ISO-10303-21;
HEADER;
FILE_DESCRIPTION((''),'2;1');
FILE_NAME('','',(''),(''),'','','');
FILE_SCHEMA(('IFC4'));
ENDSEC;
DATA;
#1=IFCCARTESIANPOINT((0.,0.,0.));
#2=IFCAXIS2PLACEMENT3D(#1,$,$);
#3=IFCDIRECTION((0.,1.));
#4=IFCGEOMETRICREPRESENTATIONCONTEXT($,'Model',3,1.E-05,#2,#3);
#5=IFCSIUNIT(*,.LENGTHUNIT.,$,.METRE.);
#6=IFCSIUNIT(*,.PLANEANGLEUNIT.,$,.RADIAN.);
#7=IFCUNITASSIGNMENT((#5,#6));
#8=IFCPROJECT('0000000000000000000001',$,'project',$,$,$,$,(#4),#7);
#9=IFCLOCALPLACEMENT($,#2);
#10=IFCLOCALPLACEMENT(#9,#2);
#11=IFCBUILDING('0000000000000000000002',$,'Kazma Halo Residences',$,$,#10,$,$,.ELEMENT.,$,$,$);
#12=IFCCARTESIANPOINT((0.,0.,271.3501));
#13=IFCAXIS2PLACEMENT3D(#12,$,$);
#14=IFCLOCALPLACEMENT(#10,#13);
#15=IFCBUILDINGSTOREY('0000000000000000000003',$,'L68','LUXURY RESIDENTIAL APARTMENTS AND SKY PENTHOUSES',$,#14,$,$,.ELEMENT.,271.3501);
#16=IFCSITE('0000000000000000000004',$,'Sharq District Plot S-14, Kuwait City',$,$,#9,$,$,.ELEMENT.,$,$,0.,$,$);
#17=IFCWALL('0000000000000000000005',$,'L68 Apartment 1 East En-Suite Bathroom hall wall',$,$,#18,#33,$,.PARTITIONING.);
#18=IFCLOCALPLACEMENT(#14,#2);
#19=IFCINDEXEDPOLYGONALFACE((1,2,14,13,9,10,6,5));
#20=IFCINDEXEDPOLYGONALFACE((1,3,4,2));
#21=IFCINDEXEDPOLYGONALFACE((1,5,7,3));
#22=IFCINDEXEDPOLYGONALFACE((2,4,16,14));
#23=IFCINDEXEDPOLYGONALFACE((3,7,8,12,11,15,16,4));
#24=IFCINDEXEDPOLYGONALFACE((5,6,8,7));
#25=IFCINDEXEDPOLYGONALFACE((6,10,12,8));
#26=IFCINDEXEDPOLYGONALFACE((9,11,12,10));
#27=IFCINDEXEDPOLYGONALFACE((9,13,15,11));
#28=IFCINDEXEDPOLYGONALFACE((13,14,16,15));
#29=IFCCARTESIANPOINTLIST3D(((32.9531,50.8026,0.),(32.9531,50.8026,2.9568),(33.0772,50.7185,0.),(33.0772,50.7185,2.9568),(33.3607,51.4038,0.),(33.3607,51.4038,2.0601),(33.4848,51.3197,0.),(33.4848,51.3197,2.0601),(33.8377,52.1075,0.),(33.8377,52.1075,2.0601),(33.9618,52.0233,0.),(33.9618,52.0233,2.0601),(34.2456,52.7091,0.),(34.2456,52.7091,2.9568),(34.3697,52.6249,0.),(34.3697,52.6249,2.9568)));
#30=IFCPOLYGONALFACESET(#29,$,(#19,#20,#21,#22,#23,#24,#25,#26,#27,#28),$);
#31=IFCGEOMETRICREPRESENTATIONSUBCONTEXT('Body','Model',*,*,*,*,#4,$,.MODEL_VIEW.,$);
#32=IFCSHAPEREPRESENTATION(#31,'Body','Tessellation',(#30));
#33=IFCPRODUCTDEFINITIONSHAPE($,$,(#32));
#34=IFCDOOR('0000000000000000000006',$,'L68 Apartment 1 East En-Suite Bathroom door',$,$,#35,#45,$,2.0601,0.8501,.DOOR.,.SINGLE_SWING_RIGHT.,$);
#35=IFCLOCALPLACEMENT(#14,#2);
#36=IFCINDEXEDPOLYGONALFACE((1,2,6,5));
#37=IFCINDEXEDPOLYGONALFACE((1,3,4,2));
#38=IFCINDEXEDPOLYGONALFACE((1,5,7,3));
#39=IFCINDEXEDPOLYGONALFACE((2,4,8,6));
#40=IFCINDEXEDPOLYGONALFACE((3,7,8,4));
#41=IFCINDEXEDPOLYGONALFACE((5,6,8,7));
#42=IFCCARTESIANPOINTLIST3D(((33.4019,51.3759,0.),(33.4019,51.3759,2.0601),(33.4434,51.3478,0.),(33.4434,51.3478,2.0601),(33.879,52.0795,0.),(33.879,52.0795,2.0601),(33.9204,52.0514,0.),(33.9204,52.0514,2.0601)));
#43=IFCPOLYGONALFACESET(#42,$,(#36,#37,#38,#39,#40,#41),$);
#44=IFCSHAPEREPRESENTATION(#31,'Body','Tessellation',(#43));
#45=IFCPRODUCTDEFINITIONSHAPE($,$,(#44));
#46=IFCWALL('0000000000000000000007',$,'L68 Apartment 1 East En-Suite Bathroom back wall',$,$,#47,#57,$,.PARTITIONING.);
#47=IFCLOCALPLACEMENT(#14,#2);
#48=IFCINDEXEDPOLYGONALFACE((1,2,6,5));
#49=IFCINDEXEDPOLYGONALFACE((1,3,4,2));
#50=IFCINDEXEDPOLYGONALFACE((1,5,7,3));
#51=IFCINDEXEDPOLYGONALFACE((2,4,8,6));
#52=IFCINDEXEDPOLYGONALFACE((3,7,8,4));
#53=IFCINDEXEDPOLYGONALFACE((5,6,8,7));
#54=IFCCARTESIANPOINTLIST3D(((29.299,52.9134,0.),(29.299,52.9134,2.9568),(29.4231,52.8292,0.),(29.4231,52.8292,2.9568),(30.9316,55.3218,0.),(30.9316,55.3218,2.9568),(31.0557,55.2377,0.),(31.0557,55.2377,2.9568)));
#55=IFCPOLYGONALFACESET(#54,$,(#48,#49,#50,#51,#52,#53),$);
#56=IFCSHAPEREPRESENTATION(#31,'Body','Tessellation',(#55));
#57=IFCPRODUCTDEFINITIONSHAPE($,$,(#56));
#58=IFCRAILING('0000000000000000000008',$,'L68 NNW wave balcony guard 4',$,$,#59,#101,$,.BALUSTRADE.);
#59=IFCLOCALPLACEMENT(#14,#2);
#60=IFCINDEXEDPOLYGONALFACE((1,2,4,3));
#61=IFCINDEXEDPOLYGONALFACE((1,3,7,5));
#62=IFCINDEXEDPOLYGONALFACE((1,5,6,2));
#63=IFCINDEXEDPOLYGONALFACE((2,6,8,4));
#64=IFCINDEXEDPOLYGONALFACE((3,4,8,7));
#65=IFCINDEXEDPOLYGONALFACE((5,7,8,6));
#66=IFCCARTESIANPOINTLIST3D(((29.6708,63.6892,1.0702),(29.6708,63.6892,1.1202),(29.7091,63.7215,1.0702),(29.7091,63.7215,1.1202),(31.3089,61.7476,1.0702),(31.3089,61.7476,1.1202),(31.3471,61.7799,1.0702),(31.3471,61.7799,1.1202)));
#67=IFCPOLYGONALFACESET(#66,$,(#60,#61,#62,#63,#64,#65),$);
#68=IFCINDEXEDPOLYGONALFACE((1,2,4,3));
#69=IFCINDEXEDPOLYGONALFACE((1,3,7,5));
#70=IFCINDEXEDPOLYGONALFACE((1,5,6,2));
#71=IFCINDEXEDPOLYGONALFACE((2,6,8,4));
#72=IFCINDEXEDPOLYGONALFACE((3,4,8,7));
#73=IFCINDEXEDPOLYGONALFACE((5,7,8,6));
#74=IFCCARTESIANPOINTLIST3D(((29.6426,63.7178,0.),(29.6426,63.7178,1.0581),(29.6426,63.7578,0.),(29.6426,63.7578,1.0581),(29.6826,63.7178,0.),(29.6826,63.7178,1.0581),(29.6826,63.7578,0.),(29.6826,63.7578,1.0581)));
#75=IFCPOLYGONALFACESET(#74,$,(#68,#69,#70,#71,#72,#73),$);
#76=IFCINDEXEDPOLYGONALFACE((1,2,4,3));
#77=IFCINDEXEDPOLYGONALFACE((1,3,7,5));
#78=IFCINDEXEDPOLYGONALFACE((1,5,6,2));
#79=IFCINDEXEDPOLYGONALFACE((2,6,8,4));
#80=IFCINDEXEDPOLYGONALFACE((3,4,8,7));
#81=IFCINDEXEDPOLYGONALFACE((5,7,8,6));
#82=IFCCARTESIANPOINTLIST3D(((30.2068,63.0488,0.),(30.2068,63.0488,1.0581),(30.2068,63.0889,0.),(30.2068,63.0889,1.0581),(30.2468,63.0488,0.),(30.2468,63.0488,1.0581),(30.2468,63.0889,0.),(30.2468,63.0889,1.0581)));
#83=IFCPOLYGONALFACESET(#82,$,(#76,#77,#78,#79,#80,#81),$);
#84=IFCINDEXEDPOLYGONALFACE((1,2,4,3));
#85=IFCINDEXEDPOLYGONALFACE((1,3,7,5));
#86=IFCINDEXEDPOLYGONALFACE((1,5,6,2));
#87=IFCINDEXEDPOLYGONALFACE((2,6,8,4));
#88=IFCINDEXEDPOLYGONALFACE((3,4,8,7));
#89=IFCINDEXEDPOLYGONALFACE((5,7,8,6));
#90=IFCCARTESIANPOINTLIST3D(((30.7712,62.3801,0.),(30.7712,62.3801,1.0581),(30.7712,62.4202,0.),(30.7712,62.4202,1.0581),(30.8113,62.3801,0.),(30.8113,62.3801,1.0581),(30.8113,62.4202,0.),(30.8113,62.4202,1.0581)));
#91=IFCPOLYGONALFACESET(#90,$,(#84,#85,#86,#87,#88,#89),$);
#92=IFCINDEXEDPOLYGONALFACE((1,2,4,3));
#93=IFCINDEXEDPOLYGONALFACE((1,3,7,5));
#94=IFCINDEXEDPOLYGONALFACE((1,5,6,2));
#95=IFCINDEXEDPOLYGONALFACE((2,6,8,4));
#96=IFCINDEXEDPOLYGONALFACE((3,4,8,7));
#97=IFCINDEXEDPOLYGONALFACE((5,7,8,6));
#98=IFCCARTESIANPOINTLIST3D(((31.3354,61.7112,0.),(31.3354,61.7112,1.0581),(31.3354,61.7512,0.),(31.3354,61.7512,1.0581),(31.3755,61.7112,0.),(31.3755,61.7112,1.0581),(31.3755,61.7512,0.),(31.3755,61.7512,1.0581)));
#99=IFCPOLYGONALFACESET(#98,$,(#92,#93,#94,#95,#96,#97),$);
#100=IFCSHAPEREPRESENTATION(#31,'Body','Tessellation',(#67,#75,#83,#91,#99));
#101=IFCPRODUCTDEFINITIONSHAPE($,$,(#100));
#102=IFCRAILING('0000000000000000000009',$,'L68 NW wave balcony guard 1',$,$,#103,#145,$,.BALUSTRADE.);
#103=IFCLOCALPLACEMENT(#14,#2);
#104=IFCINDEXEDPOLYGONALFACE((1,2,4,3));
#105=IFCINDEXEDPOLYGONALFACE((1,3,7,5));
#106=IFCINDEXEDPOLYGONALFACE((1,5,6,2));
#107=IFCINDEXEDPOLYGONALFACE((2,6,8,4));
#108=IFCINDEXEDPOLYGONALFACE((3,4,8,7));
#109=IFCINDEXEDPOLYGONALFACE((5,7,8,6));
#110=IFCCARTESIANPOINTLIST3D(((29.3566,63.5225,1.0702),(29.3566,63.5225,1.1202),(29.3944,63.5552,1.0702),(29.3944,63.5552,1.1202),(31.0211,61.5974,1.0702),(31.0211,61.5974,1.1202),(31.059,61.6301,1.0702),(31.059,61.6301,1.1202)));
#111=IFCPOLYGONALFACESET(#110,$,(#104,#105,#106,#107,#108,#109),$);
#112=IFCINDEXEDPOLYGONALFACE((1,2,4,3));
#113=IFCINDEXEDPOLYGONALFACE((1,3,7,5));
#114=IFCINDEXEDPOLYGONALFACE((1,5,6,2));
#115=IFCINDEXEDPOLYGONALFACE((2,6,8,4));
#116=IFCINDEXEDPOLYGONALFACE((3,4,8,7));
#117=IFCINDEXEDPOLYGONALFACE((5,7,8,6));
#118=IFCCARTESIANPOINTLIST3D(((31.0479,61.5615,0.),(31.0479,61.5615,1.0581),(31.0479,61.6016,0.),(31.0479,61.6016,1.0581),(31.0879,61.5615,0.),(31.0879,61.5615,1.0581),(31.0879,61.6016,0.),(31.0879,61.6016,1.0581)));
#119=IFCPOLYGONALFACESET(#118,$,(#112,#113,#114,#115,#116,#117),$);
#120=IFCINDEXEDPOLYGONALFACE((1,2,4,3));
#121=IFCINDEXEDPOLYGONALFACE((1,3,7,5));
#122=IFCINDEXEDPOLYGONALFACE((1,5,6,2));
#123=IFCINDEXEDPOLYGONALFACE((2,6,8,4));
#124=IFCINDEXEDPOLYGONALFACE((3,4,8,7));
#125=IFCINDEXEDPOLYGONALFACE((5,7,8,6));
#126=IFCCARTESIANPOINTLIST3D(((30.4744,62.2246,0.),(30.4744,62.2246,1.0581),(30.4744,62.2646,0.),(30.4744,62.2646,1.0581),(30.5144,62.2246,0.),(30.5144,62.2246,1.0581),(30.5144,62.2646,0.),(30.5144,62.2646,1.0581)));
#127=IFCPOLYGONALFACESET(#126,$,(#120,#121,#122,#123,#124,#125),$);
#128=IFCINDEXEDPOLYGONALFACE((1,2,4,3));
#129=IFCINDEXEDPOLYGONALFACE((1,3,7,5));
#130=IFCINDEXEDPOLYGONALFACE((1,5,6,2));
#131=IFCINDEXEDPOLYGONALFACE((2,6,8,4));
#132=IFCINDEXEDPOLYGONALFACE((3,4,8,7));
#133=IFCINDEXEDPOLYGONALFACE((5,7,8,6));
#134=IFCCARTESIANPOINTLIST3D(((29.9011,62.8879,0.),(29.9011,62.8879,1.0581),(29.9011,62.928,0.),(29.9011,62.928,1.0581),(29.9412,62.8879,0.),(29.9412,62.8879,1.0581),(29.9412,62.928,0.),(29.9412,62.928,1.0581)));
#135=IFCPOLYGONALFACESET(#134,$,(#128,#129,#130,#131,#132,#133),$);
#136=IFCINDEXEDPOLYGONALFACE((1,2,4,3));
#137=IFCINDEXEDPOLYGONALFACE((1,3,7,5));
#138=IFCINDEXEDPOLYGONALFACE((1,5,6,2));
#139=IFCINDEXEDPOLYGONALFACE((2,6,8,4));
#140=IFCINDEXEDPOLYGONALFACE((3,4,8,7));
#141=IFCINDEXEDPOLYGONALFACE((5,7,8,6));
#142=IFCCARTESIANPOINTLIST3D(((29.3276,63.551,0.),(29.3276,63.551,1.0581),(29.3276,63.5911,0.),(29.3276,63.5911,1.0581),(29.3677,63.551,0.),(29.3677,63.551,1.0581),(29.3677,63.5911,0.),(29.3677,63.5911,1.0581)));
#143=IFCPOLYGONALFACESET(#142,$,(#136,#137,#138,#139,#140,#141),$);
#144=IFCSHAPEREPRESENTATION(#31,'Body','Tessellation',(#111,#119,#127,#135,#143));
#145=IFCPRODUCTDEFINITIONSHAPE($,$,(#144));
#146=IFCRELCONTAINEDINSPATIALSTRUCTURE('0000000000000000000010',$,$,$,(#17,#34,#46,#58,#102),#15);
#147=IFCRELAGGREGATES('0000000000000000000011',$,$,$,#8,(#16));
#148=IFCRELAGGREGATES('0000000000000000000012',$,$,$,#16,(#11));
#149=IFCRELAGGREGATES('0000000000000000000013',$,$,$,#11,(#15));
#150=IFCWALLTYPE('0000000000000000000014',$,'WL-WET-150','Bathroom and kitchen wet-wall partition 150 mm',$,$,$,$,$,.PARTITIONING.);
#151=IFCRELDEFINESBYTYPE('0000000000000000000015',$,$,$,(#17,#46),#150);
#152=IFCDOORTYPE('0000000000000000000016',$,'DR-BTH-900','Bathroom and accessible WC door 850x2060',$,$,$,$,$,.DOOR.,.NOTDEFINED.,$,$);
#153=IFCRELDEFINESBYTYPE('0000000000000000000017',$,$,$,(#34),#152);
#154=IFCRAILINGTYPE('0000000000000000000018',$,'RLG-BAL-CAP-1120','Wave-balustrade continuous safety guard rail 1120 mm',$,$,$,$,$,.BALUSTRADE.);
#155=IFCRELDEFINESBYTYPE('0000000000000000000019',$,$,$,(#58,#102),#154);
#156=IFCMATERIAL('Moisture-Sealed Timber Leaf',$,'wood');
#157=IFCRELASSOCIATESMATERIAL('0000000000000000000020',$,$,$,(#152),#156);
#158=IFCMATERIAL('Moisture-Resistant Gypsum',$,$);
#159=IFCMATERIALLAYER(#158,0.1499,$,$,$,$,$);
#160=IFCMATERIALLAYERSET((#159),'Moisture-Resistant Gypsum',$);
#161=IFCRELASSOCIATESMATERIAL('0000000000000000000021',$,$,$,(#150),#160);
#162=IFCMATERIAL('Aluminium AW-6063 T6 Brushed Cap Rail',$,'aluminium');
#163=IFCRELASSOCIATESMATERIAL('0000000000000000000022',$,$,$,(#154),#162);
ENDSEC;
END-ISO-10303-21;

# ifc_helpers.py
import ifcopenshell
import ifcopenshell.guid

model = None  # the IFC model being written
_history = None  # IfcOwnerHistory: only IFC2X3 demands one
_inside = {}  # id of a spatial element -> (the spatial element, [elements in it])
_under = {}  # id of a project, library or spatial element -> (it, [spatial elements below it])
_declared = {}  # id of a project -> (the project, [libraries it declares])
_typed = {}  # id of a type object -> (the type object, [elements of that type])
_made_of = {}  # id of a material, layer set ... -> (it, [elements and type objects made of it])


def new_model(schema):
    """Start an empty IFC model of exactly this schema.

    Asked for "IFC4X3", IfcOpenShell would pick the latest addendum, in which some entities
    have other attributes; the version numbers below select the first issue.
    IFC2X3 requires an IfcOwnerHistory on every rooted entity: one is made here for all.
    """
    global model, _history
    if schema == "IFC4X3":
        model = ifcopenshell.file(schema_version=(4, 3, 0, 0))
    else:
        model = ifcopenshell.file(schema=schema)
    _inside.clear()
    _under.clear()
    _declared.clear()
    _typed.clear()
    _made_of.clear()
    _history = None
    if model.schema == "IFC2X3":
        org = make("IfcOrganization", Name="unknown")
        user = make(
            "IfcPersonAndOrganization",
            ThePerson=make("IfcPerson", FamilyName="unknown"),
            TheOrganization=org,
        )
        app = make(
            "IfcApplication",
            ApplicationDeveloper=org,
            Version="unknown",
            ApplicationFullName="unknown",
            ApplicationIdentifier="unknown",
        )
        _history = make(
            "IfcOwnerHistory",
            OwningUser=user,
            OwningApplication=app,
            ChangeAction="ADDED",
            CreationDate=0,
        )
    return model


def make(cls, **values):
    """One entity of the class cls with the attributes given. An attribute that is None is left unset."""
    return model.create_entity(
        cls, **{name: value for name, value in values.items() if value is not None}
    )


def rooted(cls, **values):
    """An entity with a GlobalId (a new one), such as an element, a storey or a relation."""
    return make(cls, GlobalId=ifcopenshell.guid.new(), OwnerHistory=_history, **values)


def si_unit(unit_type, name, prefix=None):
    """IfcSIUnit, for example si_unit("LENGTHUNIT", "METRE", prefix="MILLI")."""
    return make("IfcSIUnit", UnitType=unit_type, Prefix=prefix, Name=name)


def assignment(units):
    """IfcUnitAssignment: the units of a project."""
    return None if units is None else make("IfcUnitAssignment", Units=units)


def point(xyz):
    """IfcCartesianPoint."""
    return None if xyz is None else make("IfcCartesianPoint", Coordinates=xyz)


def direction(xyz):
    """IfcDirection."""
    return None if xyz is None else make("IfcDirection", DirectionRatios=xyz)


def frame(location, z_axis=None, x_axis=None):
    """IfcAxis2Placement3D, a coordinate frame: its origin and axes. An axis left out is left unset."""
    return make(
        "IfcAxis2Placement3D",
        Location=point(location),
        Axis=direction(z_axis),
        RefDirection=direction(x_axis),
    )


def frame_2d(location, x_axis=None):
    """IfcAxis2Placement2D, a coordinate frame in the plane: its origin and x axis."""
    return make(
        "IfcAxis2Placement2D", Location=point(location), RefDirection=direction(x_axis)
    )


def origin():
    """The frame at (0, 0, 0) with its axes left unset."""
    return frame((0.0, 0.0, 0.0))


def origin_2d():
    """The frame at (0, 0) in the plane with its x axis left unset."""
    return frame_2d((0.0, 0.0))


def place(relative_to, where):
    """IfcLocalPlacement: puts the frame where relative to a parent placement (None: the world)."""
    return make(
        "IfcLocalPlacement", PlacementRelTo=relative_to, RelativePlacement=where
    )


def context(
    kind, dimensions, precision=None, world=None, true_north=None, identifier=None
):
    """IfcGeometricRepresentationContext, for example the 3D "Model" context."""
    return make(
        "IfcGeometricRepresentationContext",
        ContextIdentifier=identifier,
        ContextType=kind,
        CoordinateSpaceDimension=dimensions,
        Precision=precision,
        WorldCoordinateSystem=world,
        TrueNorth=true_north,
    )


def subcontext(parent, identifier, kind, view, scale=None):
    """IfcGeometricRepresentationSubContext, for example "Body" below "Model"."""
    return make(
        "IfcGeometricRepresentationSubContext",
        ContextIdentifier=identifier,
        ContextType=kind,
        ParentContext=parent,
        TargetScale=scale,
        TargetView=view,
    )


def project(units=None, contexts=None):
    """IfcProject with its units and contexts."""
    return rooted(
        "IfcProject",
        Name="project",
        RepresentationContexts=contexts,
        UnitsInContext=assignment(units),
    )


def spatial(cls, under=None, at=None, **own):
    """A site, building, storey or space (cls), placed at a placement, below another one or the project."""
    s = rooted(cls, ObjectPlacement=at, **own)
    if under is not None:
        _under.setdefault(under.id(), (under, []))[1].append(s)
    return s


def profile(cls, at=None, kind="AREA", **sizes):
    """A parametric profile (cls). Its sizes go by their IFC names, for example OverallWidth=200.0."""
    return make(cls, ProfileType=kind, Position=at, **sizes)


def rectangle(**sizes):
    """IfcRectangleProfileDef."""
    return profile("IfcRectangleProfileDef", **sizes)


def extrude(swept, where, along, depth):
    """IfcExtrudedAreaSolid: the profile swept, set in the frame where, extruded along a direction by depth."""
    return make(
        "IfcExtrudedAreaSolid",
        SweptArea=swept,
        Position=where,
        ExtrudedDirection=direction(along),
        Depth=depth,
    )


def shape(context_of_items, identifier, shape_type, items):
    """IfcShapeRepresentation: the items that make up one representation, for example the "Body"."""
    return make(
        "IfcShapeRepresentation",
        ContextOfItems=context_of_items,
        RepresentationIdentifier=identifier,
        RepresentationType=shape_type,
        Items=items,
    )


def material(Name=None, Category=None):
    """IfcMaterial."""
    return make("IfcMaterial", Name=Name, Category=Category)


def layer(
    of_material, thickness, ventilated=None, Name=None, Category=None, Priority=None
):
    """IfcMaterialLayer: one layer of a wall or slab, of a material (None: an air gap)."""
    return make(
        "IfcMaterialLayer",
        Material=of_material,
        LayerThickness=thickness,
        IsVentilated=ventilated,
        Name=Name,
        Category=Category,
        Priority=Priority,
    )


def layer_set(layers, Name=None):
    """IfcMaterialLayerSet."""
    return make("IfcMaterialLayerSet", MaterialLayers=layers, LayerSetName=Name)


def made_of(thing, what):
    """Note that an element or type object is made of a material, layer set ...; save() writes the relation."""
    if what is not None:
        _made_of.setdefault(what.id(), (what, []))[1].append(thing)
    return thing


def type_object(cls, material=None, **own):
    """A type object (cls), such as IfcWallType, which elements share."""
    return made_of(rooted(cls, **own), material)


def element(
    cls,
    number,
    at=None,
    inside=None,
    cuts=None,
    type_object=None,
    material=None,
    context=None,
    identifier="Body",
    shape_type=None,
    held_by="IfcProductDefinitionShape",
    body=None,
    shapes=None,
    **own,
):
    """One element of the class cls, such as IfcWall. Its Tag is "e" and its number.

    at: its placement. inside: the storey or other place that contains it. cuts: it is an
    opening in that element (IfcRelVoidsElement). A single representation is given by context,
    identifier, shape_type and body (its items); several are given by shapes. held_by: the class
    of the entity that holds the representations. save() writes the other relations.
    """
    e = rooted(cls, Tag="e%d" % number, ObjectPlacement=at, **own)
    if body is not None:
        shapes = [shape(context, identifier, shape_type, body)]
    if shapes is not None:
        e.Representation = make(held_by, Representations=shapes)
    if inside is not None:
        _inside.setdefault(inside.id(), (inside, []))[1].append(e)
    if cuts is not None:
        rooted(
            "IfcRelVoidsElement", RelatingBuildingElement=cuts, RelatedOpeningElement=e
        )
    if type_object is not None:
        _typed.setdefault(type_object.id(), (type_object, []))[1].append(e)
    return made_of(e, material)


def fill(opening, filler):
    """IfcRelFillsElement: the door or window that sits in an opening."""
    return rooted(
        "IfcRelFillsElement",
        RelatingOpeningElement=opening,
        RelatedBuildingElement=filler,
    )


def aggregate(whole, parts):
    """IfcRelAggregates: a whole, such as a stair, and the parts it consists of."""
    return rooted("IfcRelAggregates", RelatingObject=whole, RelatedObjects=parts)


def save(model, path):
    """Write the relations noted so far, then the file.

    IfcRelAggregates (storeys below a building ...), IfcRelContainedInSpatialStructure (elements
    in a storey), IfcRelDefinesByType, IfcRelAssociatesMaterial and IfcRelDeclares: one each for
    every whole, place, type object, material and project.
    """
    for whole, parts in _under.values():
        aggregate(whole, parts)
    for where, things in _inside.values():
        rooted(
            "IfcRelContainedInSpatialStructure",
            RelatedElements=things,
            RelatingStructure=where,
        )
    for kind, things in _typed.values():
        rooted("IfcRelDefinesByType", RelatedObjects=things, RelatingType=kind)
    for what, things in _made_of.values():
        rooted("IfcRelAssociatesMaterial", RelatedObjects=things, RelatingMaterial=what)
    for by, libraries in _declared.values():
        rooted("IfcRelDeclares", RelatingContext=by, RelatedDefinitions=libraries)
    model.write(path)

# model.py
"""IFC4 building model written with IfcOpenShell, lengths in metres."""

from ifc_helpers import new_model, si_unit, direction, frame, frame_2d, origin, origin_2d, place, context, subcontext, project, spatial, rectangle, extrude, material, layer, layer_set, type_object, element, fill, save


model = new_model("IFC4")

# Units and contexts
model_context = context("Model", 3, precision=1e-05, world=origin(), true_north=direction((0.0, 1.0)))
body_context = subcontext(model_context, "Body", "Model", "MODEL_VIEW")
ifc_project = project(units=[si_unit("LENGTHUNIT", "METRE"), si_unit("PLANEANGLEUNIT", "RADIAN")], contexts=[model_context])

# Site, building, storey
site_placement = place(None, origin())
site = spatial("IfcSite", under=ifc_project, at=site_placement, Name="Sharq District Plot S-14, Kuwait City", CompositionType="ELEMENT", RefElevation=0.0)
building_placement = place(site_placement, origin())
building = spatial("IfcBuilding", under=site, at=building_placement, Name="Kazma Halo Residences", CompositionType="ELEMENT")
storey_placement = place(building_placement, frame((0.0, 0.0, 271.3501)))
storey = spatial("IfcBuildingStorey", under=building, at=storey_placement, Name="L68", Description="LUXURY RESIDENTIAL APARTMENTS AND SKY PENTHOUSES", CompositionType="ELEMENT", Elevation=271.3501)

# Wall, opening, door
ifc_material_1 = material(Name="Moisture-Sealed Timber Leaf", Category="wood")
door_type_1 = type_object("IfcDoorType", Name="DR-BTH-900", Description="Bathroom and accessible WC door 850x2060", OperationType="NOTDEFINED", PredefinedType="DOOR", material=ifc_material_1)
ifc_material_2 = material(Name="Moisture-Resistant Gypsum")
ifc_layer_1 = layer(ifc_material_2, 0.1499)
ifc_layer_set_1 = layer_set([ifc_layer_1], Name="Moisture-Resistant Gypsum")
wall_type_1 = type_object("IfcWallType", Name="WL-WET-150", Description="Bathroom and kitchen wet-wall partition 150 mm", PredefinedType="PARTITIONING", material=ifc_layer_set_1)
wall_1_placement = place(storey_placement, frame((34.3076, 52.667, 0.0), z_axis=(0.0, 0.0, 1.0), x_axis=(-0.561141, -0.82772, 0.0)))
wall_1 = element("IfcWall", 1, at=wall_1_placement, inside=storey, type_object=wall_type_1, Name="L68 Apartment 1 East En-Suite Bathroom hall wall", PredefinedType="PARTITIONING", context=body_context, shape_type="SweptSolid", body=[
    extrude(rectangle(XDim=2.3032, YDim=0.1499, at=frame_2d((1.1516, 0.0))), origin(), (0.0, 0.0, 1.0), 2.9568),
])
opening_1_placement = place(wall_1_placement, frame((0.7268, 0.0, 0.0)))
opening_1 = element("IfcOpeningElement", 2, at=opening_1_placement, cuts=wall_1, PredefinedType="OPENING", context=body_context, shape_type="SweptSolid", body=[
    extrude(rectangle(XDim=0.8501, YDim=2.0601, at=frame_2d((0.425, 1.03))), frame((0.0, 0.085, 0.0), z_axis=(0.0, -1.0, 0.0), x_axis=(1.0, 0.0, 0.0)), (0.0, 0.0, 1.0), 0.1699),
])
door_1_placement = place(opening_1_placement, origin())
door_1 = element("IfcDoor", 3, at=door_1_placement, inside=storey, type_object=door_type_1, Name="L68 Apartment 1 East En-Suite Bathroom door", OperationType="SINGLE_SWING_RIGHT", OverallHeight=2.0601, OverallWidth=0.8501, PredefinedType="DOOR", context=body_context, shape_type="SweptSolid", body=[
    extrude(rectangle(XDim=0.8501, YDim=2.0601, at=frame_2d((0.425, 1.03))), frame((0.0, 0.0249, 0.0), z_axis=(0.0, -1.0, 0.0), x_axis=(1.0, 0.0, 0.0)), (0.0, 0.0, 1.0), 0.05),
])
fill(opening_1, door_1)

# Wall
wall_2_placement = place(storey_placement, frame((30.9937, 55.2798, 0.0), z_axis=(0.0, 0.0, 1.0), x_axis=(-0.561093, -0.827753, 0.0)))
element("IfcWall", 4, at=wall_2_placement, inside=storey, type_object=wall_type_1, Name="L68 Apartment 1 East En-Suite Bathroom back wall", PredefinedType="PARTITIONING", context=body_context, shape_type="SweptSolid", body=[
    extrude(rectangle(XDim=2.9097, YDim=0.1499, at=frame_2d((1.4548, 0.0))), origin(), (0.0, 0.0, 1.0), 2.9568),
])

# Railings
ifc_material_3 = material(Name="Aluminium AW-6063 T6 Brushed Cap Rail", Category="aluminium")
railing_type = type_object("IfcRailingType", Name="RLG-BAL-CAP-1120", Description="Wave-balustrade continuous safety guard rail 1120 mm", PredefinedType="BALUSTRADE", material=ifc_material_3)
railing_1_placement = place(storey_placement, frame((29.6626, 63.7378, 0.0)))
element("IfcRailing", 5, at=railing_1_placement, inside=storey, type_object=railing_type, Name="L68 NNW wave balcony guard 4", PredefinedType="BALUSTRADE", context=body_context, shape_type="SweptSolid", body=[
    extrude(rectangle(XDim=0.05, YDim=0.05, at=origin_2d()), frame((0.0273, -0.0325, 1.0952), z_axis=(0.644828, -0.764327, 0.0), x_axis=(0.764327, 0.644828, 0.0)), (0.0, 0.0, 1.0), 2.5403),
    extrude(rectangle(XDim=0.04, YDim=0.04, at=origin_2d()), origin(), (0.0, 0.0, 1.0), 1.0581),
    extrude(rectangle(XDim=0.04, YDim=0.04, at=origin_2d()), frame((0.5642, -0.6689, 0.0)), (0.0, 0.0, 1.0), 1.0581),
    extrude(rectangle(XDim=0.04, YDim=0.04, at=origin_2d()), frame((1.1287, -1.3376, 0.0)), (0.0, 0.0, 1.0), 1.0581),
    extrude(rectangle(XDim=0.04, YDim=0.04, at=origin_2d()), frame((1.6929, -2.0066, 0.0)), (0.0, 0.0, 1.0), 1.0581),
])
railing_2_placement = place(storey_placement, frame((31.0679, 61.5815, 0.0)))
element("IfcRailing", 6, at=railing_2_placement, inside=storey, type_object=railing_type, Name="L68 NW wave balcony guard 1", PredefinedType="BALUSTRADE", context=body_context, shape_type="SweptSolid", body=[
    extrude(rectangle(XDim=0.05, YDim=0.05, at=origin_2d()), frame((-0.0278, 0.0322, 1.0952), z_axis=(-0.654057, 0.756445, 0.0), x_axis=(-0.756445, -0.654057, 0.0)), (0.0, 0.0, 1.0), 2.5449),
    extrude(rectangle(XDim=0.04, YDim=0.04, at=origin_2d()), origin(), (0.0, 0.0, 1.0), 1.0581),
    extrude(rectangle(XDim=0.04, YDim=0.04, at=origin_2d()), frame((-0.5735, 0.6631, 0.0)), (0.0, 0.0, 1.0), 1.0581),
    extrude(rectangle(XDim=0.04, YDim=0.04, at=origin_2d()), frame((-1.1467, 1.3264, 0.0)), (0.0, 0.0, 1.0), 1.0581),
    extrude(rectangle(XDim=0.04, YDim=0.04, at=origin_2d()), frame((-1.7202, 1.9895, 0.0)), (0.0, 0.0, 1.0), 1.0581),
])

save(model, "model.ifc")
